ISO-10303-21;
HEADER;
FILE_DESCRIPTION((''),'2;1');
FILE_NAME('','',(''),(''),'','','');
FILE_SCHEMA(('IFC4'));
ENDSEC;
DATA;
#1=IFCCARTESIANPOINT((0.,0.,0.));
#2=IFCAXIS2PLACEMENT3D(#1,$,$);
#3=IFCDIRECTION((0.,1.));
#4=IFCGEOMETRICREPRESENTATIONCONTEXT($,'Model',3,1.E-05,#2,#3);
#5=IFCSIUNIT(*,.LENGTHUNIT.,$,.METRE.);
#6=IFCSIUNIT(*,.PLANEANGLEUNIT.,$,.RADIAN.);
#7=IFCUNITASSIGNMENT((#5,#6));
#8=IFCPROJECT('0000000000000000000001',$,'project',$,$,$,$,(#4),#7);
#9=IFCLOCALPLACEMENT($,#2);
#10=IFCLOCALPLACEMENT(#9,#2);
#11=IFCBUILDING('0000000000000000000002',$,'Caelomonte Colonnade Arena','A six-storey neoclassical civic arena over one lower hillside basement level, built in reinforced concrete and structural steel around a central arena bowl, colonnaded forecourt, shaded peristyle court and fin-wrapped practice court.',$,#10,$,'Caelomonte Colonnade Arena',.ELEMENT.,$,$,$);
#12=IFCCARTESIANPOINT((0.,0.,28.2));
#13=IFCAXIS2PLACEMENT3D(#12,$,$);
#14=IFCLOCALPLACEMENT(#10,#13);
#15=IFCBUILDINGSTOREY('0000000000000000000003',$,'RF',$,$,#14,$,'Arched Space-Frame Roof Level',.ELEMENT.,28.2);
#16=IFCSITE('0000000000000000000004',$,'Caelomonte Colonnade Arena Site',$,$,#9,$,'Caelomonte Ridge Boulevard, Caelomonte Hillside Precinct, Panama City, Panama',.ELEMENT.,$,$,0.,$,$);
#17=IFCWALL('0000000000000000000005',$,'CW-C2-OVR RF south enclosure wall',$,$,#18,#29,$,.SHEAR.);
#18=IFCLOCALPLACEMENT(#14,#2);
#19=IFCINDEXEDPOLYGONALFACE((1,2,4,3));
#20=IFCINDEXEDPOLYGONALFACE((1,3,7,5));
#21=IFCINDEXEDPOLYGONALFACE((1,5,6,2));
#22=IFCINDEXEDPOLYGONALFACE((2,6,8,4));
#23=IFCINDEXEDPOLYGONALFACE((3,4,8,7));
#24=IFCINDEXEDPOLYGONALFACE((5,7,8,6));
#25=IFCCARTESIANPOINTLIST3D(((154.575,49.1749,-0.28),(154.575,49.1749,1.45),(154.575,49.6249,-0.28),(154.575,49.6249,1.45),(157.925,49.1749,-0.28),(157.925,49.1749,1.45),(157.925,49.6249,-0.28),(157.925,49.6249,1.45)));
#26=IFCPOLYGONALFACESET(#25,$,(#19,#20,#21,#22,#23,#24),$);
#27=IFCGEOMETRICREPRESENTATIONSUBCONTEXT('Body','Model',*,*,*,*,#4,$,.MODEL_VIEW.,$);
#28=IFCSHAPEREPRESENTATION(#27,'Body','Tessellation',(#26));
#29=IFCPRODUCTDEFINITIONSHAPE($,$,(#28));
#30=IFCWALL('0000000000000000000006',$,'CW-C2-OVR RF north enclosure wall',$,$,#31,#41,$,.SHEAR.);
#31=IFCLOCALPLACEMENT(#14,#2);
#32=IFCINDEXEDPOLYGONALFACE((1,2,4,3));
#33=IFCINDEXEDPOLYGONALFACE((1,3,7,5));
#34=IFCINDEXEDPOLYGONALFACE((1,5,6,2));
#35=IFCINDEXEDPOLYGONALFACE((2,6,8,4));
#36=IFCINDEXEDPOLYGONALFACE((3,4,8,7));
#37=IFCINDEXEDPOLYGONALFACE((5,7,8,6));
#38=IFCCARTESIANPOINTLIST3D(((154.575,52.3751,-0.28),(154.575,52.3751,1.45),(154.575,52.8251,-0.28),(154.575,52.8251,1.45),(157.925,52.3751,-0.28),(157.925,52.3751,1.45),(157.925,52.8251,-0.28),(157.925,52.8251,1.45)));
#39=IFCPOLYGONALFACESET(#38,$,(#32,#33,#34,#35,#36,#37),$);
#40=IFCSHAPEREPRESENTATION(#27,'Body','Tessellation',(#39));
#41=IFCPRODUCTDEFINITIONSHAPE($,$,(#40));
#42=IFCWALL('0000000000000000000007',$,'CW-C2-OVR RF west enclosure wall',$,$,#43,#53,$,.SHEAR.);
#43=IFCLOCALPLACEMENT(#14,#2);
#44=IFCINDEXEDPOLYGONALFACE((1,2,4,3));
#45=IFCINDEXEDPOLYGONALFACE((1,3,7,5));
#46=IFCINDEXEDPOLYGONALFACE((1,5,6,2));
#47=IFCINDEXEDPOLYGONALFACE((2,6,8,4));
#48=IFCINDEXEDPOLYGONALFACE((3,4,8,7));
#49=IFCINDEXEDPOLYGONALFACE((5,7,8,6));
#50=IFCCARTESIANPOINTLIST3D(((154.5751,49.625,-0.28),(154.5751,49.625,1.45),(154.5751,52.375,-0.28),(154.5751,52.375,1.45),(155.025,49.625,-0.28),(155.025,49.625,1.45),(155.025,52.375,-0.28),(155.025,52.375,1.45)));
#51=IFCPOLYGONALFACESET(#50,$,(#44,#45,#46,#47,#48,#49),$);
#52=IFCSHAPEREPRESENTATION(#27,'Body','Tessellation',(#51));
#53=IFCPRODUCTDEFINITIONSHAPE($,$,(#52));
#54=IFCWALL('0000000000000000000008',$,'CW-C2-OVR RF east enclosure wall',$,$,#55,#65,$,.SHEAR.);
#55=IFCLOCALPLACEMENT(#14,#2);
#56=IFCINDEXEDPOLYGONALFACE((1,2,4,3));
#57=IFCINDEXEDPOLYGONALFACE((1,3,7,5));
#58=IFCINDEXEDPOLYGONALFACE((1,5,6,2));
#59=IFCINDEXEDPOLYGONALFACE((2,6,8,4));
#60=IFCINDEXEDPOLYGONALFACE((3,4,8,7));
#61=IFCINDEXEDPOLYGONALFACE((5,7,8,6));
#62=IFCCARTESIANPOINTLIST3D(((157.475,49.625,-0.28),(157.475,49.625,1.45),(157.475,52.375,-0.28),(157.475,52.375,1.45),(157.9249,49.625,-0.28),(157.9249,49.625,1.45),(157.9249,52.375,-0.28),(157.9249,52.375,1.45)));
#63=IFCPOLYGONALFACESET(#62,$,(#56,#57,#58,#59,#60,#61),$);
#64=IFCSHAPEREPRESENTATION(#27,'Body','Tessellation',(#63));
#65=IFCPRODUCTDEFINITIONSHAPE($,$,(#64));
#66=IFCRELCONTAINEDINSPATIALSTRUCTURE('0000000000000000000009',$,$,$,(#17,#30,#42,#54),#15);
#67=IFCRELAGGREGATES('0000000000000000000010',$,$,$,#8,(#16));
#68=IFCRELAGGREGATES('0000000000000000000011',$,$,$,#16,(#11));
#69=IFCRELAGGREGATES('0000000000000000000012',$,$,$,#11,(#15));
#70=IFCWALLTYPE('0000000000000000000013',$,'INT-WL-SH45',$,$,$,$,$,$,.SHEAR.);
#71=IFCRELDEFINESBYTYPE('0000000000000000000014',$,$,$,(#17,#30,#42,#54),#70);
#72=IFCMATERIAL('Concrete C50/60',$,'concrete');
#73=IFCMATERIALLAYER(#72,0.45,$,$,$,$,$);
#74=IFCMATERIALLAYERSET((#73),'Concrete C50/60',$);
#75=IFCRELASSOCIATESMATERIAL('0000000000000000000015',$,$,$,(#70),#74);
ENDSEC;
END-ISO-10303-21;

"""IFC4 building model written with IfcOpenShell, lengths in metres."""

from ifc_helpers import new_model, si_unit, direction, frame, frame_2d, origin, place, context, subcontext, project, spatial, rectangle, extrude, material, layer, layer_set, type_object, element, save


model = new_model("IFC4")

# Units and contexts
model_context = context("Model", 3, precision=1e-05, world=origin(), true_north=direction((0.0, 1.0)))
body_context = subcontext(model_context, "Body", "Model", "MODEL_VIEW")
ifc_project = project(units=[si_unit("LENGTHUNIT", "METRE"), si_unit("PLANEANGLEUNIT", "RADIAN")], contexts=[model_context])

# Site, building, storey
site_placement = place(None, origin())
site = spatial("IfcSite", under=ifc_project, at=site_placement, Name="Caelomonte Colonnade Arena Site", LongName="Caelomonte Ridge Boulevard, Caelomonte Hillside Precinct, Panama City, Panama", CompositionType="ELEMENT", RefElevation=0.0)
building_placement = place(site_placement, origin())
building = spatial("IfcBuilding", under=site, at=building_placement, Name="Caelomonte Colonnade Arena", Description="A six-storey neoclassical civic arena over one lower hillside basement level, built in reinforced concrete and structural steel around a central arena bowl, colonnaded forecourt, shaded peristyle court and fin-wrapped practice court.", LongName="Caelomonte Colonnade Arena", CompositionType="ELEMENT")
storey_placement = place(building_placement, frame((0.0, 0.0, 28.2)))
storey = spatial("IfcBuildingStorey", under=building, at=storey_placement, Name="RF", LongName="Arched Space-Frame Roof Level", CompositionType="ELEMENT", Elevation=28.2)

# Walls
ifc_material_1 = material(Name="Concrete C50/60", Category="concrete")
ifc_layer_1 = layer(ifc_material_1, 0.45)
ifc_layer_set_1 = layer_set([ifc_layer_1], Name="Concrete C50/60")
wall_type = type_object("IfcWallType", Name="INT-WL-SH45", PredefinedType="SHEAR", material=ifc_layer_set_1)
for number, where, z_axis, x_axis, name in (
    (1, (154.575, 49.3999, -0.28), (0.0, 0.0, 1.0), (1.0, 0.0, 0.0), "CW-C2-OVR RF south enclosure wall"),
    (2, (157.925, 52.6001, -0.28), (0.0, 0.0, 1.0), (-1.0, 0.0, 0.0), "CW-C2-OVR RF north enclosure wall"),
):
    element("IfcWall", number, at=place(storey_placement, frame(where, z_axis=z_axis, x_axis=x_axis)), inside=storey, type_object=wall_type, Name=name, PredefinedType="SHEAR", context=body_context, shape_type="SweptSolid", body=[
        extrude(rectangle(XDim=3.3501, YDim=0.45, at=frame_2d((1.675, 0.0))), origin(), (0.0, 0.0, 1.0), 1.73),
    ])
for number, where, z_axis, x_axis, name in (
    (3, (154.8, 52.375, -0.28), (0.0, 0.0, 1.0), (0.0, -1.0, 0.0), "CW-C2-OVR RF west enclosure wall"),
    (4, (157.7, 49.625, -0.28), (0.0, 0.0, 1.0), (0.0, 1.0, 0.0), "CW-C2-OVR RF east enclosure wall"),
):
    element("IfcWall", number, at=place(storey_placement, frame(where, z_axis=z_axis, x_axis=x_axis)), inside=storey, type_object=wall_type, Name=name, PredefinedType="SHEAR", context=body_context, shape_type="SweptSolid", body=[
        extrude(rectangle(XDim=2.75, YDim=0.45, at=frame_2d((1.375, 0.0))), origin(), (0.0, 0.0, 1.0), 1.73),
    ])

save(model, "model.ifc")
